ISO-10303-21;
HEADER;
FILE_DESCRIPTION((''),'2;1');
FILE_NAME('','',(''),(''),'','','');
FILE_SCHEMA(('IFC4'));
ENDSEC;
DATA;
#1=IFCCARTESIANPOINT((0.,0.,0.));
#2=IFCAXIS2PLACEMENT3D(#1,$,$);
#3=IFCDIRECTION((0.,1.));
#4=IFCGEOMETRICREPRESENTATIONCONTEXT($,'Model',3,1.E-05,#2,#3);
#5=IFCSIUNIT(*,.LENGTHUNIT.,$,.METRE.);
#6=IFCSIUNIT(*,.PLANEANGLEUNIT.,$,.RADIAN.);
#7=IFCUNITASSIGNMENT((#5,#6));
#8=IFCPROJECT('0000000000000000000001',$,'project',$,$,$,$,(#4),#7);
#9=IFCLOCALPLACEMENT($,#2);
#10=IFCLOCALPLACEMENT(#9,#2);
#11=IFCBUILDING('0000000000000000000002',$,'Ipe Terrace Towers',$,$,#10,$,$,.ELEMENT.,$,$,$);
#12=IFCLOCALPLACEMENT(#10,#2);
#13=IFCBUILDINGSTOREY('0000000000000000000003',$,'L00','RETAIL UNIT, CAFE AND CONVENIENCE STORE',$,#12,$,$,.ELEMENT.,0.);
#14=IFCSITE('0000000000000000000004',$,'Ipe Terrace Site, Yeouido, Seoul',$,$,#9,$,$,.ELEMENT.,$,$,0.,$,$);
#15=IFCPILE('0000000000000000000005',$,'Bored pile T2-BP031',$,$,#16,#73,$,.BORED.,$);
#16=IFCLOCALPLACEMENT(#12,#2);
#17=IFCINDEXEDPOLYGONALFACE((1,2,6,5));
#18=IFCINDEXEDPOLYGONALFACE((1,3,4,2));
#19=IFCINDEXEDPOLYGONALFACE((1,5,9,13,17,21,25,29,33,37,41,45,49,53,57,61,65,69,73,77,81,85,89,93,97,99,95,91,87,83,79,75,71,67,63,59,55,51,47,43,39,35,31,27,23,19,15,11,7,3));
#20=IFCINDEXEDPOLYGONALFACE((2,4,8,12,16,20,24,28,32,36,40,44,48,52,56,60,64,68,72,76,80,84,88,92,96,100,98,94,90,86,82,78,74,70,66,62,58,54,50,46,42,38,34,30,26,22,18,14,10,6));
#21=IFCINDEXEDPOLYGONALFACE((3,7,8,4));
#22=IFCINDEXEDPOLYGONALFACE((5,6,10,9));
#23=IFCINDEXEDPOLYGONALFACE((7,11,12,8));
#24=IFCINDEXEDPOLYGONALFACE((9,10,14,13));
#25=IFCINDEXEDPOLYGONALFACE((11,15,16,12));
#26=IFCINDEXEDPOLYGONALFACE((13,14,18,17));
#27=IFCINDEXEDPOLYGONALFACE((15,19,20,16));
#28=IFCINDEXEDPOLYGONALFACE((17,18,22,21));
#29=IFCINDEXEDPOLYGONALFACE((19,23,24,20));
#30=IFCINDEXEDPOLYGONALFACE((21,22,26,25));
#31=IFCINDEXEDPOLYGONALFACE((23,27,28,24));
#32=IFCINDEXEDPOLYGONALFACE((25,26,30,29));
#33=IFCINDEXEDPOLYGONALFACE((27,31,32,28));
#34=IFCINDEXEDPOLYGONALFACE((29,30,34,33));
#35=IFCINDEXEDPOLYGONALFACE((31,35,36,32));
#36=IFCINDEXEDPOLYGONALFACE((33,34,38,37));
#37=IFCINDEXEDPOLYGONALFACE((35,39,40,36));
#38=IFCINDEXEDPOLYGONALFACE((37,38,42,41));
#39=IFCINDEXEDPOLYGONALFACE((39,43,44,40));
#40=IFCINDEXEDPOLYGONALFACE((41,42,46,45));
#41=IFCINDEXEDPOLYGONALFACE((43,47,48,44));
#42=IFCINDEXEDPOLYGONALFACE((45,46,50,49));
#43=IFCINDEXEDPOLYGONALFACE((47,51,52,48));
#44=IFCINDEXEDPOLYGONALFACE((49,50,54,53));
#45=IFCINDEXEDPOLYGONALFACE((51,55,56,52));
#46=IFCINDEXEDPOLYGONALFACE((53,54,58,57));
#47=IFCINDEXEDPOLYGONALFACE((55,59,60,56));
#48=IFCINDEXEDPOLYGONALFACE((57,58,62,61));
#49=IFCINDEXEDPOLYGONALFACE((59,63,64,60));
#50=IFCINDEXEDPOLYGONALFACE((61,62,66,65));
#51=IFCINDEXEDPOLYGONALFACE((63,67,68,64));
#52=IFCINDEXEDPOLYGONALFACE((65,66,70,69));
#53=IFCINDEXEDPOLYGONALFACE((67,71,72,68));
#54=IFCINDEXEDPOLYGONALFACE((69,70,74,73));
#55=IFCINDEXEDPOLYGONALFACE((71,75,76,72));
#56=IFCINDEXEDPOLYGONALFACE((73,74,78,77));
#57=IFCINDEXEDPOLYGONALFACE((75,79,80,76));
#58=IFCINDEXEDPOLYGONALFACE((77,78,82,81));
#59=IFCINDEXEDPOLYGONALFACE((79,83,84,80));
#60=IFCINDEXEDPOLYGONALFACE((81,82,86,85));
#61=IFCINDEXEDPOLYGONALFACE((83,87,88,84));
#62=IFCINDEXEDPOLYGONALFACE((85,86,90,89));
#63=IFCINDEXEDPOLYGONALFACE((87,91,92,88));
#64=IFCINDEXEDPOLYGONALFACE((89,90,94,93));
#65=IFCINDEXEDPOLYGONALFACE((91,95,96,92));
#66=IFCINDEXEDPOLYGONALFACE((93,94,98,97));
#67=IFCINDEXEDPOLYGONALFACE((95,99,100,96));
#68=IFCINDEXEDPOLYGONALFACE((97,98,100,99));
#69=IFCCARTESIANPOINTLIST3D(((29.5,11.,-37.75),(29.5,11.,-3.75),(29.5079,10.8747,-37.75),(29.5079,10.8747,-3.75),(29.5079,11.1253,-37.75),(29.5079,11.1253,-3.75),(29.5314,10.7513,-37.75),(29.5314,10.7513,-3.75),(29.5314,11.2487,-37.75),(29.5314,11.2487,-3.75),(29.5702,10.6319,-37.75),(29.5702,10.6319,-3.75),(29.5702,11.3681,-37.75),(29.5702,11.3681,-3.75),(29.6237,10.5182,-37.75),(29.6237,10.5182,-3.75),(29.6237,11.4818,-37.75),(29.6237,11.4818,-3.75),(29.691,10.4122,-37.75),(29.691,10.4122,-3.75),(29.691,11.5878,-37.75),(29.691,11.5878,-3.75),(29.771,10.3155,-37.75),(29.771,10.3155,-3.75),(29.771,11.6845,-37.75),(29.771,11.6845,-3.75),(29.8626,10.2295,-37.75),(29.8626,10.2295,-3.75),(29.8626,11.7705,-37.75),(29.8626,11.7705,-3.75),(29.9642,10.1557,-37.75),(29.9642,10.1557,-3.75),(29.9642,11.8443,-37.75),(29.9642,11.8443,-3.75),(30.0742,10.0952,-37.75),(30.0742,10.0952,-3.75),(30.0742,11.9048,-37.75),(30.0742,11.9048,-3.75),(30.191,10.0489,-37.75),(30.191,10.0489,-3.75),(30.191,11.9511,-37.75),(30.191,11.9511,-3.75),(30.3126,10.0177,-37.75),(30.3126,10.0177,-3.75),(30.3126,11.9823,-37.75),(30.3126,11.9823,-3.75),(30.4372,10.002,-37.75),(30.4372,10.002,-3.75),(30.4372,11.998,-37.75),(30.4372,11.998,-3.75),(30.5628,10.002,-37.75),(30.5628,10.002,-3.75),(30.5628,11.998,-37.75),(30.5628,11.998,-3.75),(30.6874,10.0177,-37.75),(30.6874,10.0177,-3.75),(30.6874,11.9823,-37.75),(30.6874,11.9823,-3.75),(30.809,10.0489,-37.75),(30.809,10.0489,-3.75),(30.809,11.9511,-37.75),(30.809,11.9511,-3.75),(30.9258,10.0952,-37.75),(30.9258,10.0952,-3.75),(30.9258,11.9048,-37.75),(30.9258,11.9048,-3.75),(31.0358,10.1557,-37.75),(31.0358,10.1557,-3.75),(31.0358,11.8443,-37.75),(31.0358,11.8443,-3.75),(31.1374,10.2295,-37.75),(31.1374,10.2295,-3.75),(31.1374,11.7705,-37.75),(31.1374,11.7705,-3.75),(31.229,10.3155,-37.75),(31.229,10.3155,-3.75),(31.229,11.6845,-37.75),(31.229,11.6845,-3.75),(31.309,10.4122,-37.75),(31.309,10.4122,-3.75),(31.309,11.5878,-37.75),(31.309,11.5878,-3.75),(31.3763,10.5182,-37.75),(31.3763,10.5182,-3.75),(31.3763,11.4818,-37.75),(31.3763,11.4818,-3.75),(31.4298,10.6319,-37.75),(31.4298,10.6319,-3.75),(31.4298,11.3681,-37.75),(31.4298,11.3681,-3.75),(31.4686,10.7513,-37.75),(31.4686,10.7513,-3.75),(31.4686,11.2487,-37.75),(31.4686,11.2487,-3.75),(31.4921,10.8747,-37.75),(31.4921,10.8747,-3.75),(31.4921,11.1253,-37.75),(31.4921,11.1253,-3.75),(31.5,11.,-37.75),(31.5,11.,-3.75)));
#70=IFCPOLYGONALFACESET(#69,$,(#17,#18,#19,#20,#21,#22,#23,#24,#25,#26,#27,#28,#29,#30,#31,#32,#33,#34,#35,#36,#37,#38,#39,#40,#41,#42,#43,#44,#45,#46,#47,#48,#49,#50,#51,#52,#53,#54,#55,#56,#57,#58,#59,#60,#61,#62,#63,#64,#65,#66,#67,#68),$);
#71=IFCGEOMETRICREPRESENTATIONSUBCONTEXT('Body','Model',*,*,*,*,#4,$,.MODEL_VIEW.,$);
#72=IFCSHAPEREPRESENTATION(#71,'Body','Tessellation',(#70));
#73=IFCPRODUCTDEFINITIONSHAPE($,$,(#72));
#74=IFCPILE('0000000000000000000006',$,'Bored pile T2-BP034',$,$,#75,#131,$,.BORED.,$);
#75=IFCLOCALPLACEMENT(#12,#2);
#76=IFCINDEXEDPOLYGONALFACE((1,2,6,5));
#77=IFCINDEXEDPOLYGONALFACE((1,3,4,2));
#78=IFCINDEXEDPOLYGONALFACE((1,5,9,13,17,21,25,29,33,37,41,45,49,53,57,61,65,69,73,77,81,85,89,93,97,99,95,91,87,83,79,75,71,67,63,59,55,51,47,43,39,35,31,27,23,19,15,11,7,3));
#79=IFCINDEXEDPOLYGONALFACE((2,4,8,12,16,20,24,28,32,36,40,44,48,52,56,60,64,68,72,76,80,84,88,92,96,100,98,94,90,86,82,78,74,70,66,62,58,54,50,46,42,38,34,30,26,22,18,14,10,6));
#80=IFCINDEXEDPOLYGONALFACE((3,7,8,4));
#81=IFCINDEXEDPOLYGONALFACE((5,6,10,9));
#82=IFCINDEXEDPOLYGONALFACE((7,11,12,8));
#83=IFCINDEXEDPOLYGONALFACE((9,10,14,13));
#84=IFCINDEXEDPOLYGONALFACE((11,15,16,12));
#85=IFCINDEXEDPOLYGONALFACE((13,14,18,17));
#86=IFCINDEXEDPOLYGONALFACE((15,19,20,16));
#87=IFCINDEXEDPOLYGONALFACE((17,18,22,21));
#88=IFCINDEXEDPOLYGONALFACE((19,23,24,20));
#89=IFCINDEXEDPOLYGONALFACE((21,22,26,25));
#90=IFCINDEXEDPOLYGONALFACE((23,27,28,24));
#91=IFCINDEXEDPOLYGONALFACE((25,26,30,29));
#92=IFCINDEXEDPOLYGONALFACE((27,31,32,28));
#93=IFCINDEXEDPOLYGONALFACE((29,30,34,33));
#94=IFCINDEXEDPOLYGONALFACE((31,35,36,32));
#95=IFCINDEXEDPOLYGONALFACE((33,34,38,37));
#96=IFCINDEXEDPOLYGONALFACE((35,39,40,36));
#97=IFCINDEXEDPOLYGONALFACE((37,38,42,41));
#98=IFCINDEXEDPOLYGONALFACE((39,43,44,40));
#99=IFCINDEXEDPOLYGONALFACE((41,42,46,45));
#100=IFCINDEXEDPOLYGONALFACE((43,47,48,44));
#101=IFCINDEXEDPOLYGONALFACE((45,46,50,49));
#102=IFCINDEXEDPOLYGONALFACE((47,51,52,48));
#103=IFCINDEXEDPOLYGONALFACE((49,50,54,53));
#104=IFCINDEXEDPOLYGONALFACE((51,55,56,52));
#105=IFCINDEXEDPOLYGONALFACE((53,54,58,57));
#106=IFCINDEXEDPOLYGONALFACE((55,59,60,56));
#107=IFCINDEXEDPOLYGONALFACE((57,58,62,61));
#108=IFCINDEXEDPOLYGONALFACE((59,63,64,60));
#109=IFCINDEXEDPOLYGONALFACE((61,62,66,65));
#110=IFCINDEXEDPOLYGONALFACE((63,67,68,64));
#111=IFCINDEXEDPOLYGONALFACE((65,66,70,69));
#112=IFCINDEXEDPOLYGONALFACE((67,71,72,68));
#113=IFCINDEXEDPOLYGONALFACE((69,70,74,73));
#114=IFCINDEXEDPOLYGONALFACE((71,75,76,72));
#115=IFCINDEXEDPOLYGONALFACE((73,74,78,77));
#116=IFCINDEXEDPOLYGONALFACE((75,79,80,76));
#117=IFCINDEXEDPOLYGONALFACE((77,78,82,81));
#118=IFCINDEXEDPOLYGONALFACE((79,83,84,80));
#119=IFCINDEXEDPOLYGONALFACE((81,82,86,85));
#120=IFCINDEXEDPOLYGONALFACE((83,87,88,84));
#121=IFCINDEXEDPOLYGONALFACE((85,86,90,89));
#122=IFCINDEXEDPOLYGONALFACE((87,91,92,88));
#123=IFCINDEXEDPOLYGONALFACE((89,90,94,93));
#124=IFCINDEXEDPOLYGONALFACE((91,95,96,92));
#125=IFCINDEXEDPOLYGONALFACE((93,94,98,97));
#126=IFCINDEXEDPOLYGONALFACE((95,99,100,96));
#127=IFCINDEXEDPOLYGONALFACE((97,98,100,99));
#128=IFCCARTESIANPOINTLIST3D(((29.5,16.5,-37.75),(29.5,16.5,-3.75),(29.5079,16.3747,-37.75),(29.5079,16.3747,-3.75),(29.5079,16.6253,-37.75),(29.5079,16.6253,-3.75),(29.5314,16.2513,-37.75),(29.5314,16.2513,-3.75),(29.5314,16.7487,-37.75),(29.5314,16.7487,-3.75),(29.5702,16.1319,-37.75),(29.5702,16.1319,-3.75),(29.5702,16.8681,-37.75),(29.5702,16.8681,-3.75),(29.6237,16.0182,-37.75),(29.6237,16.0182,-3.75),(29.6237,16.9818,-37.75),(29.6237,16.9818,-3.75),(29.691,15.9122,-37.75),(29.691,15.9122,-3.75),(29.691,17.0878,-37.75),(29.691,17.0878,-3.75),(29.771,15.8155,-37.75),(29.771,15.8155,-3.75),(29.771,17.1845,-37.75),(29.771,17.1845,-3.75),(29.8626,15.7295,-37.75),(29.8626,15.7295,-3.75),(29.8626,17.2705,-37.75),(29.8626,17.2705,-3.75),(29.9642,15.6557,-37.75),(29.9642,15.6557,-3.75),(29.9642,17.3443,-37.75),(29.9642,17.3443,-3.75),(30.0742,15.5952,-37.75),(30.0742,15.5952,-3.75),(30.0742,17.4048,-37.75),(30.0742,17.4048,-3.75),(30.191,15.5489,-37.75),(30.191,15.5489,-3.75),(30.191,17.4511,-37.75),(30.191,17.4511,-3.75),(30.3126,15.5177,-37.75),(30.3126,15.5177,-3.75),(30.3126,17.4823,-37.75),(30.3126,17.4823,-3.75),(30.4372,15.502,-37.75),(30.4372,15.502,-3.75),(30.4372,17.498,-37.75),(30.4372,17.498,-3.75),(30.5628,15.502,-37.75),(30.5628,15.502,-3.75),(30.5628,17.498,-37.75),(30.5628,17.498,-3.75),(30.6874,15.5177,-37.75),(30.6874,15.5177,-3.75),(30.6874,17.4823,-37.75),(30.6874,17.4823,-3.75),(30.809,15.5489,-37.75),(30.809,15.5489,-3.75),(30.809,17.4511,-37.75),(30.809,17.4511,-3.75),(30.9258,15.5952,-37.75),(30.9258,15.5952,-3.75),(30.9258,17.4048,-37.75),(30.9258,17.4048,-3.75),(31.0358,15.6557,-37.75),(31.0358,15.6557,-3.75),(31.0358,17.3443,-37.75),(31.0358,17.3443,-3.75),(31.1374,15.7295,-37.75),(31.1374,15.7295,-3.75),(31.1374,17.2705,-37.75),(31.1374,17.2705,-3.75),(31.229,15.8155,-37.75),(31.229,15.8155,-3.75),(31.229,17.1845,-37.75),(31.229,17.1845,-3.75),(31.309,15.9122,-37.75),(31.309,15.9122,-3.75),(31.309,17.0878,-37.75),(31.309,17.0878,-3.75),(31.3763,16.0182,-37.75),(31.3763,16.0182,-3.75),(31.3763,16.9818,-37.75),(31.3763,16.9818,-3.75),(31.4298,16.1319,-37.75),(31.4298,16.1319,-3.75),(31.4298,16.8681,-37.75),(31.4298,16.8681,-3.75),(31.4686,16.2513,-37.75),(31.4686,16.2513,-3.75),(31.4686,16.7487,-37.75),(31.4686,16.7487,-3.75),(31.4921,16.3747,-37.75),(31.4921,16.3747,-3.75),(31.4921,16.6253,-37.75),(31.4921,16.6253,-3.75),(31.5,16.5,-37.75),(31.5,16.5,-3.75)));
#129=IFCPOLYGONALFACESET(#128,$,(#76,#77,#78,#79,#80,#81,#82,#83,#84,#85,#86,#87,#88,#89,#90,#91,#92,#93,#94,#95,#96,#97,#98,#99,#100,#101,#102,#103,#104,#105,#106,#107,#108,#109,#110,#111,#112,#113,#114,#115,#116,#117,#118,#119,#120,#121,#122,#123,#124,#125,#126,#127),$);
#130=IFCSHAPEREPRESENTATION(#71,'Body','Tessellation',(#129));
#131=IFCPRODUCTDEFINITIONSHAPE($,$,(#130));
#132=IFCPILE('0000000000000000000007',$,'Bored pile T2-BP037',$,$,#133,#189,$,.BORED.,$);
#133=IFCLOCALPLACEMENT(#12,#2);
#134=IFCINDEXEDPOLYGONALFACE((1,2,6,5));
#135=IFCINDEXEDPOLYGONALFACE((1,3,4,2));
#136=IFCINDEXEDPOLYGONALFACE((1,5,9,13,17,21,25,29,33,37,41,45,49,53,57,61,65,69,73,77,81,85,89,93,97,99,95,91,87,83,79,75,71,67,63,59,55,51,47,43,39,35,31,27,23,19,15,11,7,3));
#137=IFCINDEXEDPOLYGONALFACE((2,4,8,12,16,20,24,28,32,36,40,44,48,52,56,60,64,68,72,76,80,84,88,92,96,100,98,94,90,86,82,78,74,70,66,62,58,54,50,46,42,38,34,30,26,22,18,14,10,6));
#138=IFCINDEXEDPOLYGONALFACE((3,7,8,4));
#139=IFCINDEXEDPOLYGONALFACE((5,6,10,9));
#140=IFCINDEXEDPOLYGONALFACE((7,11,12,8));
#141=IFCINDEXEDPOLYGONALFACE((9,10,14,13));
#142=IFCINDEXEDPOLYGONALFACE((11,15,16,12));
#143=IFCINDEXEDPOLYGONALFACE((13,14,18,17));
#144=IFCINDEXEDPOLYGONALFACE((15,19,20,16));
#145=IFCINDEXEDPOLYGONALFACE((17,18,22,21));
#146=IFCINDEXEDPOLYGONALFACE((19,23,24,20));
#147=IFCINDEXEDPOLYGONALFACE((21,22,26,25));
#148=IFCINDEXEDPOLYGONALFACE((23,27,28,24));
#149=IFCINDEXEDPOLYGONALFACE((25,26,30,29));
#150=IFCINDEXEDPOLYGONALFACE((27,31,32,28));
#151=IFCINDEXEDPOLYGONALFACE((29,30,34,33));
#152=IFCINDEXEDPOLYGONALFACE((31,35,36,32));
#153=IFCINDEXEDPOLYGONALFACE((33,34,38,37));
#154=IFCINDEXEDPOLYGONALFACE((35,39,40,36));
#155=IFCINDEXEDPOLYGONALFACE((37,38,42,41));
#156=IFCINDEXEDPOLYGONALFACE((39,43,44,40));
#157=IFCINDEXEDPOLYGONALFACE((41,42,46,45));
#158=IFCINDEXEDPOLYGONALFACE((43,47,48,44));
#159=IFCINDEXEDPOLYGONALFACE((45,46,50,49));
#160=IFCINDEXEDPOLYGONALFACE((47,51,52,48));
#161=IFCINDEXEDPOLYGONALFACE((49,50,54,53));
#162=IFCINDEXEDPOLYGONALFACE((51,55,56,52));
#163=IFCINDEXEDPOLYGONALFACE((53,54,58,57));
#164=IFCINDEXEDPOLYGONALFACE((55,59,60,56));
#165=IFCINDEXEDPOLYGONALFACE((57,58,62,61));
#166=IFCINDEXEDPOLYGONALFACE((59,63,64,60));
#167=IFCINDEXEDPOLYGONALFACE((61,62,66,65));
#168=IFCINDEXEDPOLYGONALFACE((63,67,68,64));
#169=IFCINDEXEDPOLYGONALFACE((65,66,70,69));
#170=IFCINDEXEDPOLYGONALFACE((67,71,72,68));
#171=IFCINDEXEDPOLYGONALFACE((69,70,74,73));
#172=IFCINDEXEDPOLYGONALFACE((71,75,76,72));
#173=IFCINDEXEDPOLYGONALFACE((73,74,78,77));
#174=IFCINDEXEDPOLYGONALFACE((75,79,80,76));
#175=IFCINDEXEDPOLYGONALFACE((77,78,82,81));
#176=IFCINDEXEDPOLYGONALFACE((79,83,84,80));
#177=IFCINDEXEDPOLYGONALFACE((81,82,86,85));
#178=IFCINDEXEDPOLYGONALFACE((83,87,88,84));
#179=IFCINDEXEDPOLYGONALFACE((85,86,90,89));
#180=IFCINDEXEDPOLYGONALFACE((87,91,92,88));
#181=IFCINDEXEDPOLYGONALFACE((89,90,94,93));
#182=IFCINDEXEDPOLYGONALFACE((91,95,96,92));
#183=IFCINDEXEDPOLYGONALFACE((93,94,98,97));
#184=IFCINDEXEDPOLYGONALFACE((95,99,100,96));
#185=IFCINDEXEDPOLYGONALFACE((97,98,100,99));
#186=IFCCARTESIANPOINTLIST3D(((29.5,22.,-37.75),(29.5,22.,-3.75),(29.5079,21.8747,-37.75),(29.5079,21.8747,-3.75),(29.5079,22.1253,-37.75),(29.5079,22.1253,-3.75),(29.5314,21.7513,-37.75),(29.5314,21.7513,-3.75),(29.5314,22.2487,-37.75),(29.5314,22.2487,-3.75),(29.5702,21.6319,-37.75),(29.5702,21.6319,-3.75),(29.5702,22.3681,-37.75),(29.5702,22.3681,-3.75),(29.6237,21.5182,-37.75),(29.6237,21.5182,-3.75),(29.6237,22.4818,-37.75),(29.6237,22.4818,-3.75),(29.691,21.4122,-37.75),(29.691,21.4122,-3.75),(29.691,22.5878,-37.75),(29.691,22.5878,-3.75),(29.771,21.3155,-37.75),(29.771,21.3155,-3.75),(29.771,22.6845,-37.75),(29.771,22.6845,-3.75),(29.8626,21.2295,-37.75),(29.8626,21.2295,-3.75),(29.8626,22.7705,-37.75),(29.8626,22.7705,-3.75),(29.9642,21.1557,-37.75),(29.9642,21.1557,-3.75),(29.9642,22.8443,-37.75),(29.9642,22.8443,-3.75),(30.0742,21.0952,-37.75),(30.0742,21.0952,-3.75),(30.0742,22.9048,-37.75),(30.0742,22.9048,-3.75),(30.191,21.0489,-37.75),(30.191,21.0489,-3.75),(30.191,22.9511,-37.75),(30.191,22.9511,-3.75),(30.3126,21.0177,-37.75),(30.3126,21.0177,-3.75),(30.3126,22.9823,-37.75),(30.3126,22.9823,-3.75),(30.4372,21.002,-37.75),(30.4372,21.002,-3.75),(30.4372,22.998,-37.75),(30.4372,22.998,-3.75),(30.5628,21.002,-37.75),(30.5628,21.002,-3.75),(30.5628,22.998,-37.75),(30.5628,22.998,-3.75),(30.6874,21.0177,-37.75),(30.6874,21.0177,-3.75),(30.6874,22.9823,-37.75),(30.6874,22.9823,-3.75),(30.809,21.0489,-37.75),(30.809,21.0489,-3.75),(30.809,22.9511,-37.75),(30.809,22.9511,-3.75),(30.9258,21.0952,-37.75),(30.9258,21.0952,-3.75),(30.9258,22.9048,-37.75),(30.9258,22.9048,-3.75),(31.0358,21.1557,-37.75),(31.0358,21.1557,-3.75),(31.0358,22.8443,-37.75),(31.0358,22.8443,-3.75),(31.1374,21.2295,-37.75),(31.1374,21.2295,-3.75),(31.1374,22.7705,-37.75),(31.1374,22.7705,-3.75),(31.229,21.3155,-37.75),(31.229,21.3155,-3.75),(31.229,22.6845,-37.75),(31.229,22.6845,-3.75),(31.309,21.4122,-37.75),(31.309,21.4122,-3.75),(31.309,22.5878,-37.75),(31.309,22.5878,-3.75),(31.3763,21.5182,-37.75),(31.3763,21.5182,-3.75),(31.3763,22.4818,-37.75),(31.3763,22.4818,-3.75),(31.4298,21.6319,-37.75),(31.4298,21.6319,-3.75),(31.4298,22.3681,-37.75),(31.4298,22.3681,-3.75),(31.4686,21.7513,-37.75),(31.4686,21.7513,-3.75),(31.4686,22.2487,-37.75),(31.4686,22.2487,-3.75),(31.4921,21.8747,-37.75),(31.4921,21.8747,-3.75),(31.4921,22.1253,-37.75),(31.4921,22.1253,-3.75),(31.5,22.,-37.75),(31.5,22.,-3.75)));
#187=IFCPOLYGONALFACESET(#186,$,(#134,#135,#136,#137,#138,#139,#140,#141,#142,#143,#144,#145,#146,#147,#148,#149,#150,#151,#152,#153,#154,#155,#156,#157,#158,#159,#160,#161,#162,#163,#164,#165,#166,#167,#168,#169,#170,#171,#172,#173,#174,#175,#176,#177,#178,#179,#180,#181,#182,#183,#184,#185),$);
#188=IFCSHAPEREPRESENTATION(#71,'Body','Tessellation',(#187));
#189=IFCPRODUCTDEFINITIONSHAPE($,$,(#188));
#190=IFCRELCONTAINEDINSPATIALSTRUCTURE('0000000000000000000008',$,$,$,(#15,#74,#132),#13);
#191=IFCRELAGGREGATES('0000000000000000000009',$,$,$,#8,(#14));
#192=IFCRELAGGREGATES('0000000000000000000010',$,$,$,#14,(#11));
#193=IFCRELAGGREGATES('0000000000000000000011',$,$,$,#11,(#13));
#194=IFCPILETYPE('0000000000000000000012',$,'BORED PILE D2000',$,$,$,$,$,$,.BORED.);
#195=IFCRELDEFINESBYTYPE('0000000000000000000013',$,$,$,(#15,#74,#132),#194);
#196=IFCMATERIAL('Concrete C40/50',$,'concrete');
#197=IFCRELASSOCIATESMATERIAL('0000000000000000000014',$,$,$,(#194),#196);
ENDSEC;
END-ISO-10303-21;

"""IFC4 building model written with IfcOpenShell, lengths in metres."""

from ifc_helpers import new_model, si_unit, direction, frame, origin, origin_2d, place, context, subcontext, project, spatial, circle, extrude, material, material_profile, profile_set, type_object, element, save


model = new_model("IFC4")

# Units and contexts
model_context = context("Model", 3, precision=1e-05, world=origin(), true_north=direction((0.0, 1.0)))
body_context = subcontext(model_context, "Body", "Model", "MODEL_VIEW")
ifc_project = project(units=[si_unit("LENGTHUNIT", "METRE"), si_unit("PLANEANGLEUNIT", "RADIAN")], contexts=[model_context])

# Site, building, storey
site_placement = place(None, origin())
site = spatial("IfcSite", under=ifc_project, at=site_placement, Name="Ipe Terrace Site, Yeouido, Seoul", CompositionType="ELEMENT", RefElevation=0.0)
building_placement = place(site_placement, origin())
building = spatial("IfcBuilding", under=site, at=building_placement, Name="Ipe Terrace Towers", CompositionType="ELEMENT")
storey_placement = place(building_placement, origin())
storey = spatial("IfcBuildingStorey", under=building, at=storey_placement, Name="L00", Description="RETAIL UNIT, CAFE AND CONVENIENCE STORE", CompositionType="ELEMENT", Elevation=0.0)

# Piles
ifc_material_1 = material(Name="Concrete C40/50", Category="concrete")
ifc_material_profile_1 = material_profile(ifc_material_1, circle(Radius=1.0, at=origin_2d()), Name="BORED PILE D2000")
ifc_profile_set_1 = profile_set([ifc_material_profile_1], Name="Concrete C40/50")
pile_type = type_object("IfcPileType", Name="BORED PILE D2000", PredefinedType="BORED", material=ifc_profile_set_1)
for number, where, z_axis, x_axis, name in (
    (1, (30.5, 11.0, -3.75), (0.0, 0.0, -1.0), (1.0, 0.0, 0.0), "Bored pile T2-BP031"),
    (2, (30.5, 16.5, -3.75), (0.0, 0.0, -1.0), (1.0, 0.0, 0.0), "Bored pile T2-BP034"),
    (3, (30.5, 22.0, -3.75), (0.0, 0.0, -1.0), (1.0, 0.0, 0.0), "Bored pile T2-BP037"),
):
    element("IfcPile", number, at=place(storey_placement, frame(where, z_axis=z_axis, x_axis=x_axis)), inside=storey, type_object=pile_type, Name=name, PredefinedType="BORED", context=body_context, shape_type="SweptSolid", body=[
        extrude(circle(Radius=1.0, at=origin_2d()), origin(), (0.0, 0.0, 1.0), 34.0),
    ])

save(model, "model.ifc")
